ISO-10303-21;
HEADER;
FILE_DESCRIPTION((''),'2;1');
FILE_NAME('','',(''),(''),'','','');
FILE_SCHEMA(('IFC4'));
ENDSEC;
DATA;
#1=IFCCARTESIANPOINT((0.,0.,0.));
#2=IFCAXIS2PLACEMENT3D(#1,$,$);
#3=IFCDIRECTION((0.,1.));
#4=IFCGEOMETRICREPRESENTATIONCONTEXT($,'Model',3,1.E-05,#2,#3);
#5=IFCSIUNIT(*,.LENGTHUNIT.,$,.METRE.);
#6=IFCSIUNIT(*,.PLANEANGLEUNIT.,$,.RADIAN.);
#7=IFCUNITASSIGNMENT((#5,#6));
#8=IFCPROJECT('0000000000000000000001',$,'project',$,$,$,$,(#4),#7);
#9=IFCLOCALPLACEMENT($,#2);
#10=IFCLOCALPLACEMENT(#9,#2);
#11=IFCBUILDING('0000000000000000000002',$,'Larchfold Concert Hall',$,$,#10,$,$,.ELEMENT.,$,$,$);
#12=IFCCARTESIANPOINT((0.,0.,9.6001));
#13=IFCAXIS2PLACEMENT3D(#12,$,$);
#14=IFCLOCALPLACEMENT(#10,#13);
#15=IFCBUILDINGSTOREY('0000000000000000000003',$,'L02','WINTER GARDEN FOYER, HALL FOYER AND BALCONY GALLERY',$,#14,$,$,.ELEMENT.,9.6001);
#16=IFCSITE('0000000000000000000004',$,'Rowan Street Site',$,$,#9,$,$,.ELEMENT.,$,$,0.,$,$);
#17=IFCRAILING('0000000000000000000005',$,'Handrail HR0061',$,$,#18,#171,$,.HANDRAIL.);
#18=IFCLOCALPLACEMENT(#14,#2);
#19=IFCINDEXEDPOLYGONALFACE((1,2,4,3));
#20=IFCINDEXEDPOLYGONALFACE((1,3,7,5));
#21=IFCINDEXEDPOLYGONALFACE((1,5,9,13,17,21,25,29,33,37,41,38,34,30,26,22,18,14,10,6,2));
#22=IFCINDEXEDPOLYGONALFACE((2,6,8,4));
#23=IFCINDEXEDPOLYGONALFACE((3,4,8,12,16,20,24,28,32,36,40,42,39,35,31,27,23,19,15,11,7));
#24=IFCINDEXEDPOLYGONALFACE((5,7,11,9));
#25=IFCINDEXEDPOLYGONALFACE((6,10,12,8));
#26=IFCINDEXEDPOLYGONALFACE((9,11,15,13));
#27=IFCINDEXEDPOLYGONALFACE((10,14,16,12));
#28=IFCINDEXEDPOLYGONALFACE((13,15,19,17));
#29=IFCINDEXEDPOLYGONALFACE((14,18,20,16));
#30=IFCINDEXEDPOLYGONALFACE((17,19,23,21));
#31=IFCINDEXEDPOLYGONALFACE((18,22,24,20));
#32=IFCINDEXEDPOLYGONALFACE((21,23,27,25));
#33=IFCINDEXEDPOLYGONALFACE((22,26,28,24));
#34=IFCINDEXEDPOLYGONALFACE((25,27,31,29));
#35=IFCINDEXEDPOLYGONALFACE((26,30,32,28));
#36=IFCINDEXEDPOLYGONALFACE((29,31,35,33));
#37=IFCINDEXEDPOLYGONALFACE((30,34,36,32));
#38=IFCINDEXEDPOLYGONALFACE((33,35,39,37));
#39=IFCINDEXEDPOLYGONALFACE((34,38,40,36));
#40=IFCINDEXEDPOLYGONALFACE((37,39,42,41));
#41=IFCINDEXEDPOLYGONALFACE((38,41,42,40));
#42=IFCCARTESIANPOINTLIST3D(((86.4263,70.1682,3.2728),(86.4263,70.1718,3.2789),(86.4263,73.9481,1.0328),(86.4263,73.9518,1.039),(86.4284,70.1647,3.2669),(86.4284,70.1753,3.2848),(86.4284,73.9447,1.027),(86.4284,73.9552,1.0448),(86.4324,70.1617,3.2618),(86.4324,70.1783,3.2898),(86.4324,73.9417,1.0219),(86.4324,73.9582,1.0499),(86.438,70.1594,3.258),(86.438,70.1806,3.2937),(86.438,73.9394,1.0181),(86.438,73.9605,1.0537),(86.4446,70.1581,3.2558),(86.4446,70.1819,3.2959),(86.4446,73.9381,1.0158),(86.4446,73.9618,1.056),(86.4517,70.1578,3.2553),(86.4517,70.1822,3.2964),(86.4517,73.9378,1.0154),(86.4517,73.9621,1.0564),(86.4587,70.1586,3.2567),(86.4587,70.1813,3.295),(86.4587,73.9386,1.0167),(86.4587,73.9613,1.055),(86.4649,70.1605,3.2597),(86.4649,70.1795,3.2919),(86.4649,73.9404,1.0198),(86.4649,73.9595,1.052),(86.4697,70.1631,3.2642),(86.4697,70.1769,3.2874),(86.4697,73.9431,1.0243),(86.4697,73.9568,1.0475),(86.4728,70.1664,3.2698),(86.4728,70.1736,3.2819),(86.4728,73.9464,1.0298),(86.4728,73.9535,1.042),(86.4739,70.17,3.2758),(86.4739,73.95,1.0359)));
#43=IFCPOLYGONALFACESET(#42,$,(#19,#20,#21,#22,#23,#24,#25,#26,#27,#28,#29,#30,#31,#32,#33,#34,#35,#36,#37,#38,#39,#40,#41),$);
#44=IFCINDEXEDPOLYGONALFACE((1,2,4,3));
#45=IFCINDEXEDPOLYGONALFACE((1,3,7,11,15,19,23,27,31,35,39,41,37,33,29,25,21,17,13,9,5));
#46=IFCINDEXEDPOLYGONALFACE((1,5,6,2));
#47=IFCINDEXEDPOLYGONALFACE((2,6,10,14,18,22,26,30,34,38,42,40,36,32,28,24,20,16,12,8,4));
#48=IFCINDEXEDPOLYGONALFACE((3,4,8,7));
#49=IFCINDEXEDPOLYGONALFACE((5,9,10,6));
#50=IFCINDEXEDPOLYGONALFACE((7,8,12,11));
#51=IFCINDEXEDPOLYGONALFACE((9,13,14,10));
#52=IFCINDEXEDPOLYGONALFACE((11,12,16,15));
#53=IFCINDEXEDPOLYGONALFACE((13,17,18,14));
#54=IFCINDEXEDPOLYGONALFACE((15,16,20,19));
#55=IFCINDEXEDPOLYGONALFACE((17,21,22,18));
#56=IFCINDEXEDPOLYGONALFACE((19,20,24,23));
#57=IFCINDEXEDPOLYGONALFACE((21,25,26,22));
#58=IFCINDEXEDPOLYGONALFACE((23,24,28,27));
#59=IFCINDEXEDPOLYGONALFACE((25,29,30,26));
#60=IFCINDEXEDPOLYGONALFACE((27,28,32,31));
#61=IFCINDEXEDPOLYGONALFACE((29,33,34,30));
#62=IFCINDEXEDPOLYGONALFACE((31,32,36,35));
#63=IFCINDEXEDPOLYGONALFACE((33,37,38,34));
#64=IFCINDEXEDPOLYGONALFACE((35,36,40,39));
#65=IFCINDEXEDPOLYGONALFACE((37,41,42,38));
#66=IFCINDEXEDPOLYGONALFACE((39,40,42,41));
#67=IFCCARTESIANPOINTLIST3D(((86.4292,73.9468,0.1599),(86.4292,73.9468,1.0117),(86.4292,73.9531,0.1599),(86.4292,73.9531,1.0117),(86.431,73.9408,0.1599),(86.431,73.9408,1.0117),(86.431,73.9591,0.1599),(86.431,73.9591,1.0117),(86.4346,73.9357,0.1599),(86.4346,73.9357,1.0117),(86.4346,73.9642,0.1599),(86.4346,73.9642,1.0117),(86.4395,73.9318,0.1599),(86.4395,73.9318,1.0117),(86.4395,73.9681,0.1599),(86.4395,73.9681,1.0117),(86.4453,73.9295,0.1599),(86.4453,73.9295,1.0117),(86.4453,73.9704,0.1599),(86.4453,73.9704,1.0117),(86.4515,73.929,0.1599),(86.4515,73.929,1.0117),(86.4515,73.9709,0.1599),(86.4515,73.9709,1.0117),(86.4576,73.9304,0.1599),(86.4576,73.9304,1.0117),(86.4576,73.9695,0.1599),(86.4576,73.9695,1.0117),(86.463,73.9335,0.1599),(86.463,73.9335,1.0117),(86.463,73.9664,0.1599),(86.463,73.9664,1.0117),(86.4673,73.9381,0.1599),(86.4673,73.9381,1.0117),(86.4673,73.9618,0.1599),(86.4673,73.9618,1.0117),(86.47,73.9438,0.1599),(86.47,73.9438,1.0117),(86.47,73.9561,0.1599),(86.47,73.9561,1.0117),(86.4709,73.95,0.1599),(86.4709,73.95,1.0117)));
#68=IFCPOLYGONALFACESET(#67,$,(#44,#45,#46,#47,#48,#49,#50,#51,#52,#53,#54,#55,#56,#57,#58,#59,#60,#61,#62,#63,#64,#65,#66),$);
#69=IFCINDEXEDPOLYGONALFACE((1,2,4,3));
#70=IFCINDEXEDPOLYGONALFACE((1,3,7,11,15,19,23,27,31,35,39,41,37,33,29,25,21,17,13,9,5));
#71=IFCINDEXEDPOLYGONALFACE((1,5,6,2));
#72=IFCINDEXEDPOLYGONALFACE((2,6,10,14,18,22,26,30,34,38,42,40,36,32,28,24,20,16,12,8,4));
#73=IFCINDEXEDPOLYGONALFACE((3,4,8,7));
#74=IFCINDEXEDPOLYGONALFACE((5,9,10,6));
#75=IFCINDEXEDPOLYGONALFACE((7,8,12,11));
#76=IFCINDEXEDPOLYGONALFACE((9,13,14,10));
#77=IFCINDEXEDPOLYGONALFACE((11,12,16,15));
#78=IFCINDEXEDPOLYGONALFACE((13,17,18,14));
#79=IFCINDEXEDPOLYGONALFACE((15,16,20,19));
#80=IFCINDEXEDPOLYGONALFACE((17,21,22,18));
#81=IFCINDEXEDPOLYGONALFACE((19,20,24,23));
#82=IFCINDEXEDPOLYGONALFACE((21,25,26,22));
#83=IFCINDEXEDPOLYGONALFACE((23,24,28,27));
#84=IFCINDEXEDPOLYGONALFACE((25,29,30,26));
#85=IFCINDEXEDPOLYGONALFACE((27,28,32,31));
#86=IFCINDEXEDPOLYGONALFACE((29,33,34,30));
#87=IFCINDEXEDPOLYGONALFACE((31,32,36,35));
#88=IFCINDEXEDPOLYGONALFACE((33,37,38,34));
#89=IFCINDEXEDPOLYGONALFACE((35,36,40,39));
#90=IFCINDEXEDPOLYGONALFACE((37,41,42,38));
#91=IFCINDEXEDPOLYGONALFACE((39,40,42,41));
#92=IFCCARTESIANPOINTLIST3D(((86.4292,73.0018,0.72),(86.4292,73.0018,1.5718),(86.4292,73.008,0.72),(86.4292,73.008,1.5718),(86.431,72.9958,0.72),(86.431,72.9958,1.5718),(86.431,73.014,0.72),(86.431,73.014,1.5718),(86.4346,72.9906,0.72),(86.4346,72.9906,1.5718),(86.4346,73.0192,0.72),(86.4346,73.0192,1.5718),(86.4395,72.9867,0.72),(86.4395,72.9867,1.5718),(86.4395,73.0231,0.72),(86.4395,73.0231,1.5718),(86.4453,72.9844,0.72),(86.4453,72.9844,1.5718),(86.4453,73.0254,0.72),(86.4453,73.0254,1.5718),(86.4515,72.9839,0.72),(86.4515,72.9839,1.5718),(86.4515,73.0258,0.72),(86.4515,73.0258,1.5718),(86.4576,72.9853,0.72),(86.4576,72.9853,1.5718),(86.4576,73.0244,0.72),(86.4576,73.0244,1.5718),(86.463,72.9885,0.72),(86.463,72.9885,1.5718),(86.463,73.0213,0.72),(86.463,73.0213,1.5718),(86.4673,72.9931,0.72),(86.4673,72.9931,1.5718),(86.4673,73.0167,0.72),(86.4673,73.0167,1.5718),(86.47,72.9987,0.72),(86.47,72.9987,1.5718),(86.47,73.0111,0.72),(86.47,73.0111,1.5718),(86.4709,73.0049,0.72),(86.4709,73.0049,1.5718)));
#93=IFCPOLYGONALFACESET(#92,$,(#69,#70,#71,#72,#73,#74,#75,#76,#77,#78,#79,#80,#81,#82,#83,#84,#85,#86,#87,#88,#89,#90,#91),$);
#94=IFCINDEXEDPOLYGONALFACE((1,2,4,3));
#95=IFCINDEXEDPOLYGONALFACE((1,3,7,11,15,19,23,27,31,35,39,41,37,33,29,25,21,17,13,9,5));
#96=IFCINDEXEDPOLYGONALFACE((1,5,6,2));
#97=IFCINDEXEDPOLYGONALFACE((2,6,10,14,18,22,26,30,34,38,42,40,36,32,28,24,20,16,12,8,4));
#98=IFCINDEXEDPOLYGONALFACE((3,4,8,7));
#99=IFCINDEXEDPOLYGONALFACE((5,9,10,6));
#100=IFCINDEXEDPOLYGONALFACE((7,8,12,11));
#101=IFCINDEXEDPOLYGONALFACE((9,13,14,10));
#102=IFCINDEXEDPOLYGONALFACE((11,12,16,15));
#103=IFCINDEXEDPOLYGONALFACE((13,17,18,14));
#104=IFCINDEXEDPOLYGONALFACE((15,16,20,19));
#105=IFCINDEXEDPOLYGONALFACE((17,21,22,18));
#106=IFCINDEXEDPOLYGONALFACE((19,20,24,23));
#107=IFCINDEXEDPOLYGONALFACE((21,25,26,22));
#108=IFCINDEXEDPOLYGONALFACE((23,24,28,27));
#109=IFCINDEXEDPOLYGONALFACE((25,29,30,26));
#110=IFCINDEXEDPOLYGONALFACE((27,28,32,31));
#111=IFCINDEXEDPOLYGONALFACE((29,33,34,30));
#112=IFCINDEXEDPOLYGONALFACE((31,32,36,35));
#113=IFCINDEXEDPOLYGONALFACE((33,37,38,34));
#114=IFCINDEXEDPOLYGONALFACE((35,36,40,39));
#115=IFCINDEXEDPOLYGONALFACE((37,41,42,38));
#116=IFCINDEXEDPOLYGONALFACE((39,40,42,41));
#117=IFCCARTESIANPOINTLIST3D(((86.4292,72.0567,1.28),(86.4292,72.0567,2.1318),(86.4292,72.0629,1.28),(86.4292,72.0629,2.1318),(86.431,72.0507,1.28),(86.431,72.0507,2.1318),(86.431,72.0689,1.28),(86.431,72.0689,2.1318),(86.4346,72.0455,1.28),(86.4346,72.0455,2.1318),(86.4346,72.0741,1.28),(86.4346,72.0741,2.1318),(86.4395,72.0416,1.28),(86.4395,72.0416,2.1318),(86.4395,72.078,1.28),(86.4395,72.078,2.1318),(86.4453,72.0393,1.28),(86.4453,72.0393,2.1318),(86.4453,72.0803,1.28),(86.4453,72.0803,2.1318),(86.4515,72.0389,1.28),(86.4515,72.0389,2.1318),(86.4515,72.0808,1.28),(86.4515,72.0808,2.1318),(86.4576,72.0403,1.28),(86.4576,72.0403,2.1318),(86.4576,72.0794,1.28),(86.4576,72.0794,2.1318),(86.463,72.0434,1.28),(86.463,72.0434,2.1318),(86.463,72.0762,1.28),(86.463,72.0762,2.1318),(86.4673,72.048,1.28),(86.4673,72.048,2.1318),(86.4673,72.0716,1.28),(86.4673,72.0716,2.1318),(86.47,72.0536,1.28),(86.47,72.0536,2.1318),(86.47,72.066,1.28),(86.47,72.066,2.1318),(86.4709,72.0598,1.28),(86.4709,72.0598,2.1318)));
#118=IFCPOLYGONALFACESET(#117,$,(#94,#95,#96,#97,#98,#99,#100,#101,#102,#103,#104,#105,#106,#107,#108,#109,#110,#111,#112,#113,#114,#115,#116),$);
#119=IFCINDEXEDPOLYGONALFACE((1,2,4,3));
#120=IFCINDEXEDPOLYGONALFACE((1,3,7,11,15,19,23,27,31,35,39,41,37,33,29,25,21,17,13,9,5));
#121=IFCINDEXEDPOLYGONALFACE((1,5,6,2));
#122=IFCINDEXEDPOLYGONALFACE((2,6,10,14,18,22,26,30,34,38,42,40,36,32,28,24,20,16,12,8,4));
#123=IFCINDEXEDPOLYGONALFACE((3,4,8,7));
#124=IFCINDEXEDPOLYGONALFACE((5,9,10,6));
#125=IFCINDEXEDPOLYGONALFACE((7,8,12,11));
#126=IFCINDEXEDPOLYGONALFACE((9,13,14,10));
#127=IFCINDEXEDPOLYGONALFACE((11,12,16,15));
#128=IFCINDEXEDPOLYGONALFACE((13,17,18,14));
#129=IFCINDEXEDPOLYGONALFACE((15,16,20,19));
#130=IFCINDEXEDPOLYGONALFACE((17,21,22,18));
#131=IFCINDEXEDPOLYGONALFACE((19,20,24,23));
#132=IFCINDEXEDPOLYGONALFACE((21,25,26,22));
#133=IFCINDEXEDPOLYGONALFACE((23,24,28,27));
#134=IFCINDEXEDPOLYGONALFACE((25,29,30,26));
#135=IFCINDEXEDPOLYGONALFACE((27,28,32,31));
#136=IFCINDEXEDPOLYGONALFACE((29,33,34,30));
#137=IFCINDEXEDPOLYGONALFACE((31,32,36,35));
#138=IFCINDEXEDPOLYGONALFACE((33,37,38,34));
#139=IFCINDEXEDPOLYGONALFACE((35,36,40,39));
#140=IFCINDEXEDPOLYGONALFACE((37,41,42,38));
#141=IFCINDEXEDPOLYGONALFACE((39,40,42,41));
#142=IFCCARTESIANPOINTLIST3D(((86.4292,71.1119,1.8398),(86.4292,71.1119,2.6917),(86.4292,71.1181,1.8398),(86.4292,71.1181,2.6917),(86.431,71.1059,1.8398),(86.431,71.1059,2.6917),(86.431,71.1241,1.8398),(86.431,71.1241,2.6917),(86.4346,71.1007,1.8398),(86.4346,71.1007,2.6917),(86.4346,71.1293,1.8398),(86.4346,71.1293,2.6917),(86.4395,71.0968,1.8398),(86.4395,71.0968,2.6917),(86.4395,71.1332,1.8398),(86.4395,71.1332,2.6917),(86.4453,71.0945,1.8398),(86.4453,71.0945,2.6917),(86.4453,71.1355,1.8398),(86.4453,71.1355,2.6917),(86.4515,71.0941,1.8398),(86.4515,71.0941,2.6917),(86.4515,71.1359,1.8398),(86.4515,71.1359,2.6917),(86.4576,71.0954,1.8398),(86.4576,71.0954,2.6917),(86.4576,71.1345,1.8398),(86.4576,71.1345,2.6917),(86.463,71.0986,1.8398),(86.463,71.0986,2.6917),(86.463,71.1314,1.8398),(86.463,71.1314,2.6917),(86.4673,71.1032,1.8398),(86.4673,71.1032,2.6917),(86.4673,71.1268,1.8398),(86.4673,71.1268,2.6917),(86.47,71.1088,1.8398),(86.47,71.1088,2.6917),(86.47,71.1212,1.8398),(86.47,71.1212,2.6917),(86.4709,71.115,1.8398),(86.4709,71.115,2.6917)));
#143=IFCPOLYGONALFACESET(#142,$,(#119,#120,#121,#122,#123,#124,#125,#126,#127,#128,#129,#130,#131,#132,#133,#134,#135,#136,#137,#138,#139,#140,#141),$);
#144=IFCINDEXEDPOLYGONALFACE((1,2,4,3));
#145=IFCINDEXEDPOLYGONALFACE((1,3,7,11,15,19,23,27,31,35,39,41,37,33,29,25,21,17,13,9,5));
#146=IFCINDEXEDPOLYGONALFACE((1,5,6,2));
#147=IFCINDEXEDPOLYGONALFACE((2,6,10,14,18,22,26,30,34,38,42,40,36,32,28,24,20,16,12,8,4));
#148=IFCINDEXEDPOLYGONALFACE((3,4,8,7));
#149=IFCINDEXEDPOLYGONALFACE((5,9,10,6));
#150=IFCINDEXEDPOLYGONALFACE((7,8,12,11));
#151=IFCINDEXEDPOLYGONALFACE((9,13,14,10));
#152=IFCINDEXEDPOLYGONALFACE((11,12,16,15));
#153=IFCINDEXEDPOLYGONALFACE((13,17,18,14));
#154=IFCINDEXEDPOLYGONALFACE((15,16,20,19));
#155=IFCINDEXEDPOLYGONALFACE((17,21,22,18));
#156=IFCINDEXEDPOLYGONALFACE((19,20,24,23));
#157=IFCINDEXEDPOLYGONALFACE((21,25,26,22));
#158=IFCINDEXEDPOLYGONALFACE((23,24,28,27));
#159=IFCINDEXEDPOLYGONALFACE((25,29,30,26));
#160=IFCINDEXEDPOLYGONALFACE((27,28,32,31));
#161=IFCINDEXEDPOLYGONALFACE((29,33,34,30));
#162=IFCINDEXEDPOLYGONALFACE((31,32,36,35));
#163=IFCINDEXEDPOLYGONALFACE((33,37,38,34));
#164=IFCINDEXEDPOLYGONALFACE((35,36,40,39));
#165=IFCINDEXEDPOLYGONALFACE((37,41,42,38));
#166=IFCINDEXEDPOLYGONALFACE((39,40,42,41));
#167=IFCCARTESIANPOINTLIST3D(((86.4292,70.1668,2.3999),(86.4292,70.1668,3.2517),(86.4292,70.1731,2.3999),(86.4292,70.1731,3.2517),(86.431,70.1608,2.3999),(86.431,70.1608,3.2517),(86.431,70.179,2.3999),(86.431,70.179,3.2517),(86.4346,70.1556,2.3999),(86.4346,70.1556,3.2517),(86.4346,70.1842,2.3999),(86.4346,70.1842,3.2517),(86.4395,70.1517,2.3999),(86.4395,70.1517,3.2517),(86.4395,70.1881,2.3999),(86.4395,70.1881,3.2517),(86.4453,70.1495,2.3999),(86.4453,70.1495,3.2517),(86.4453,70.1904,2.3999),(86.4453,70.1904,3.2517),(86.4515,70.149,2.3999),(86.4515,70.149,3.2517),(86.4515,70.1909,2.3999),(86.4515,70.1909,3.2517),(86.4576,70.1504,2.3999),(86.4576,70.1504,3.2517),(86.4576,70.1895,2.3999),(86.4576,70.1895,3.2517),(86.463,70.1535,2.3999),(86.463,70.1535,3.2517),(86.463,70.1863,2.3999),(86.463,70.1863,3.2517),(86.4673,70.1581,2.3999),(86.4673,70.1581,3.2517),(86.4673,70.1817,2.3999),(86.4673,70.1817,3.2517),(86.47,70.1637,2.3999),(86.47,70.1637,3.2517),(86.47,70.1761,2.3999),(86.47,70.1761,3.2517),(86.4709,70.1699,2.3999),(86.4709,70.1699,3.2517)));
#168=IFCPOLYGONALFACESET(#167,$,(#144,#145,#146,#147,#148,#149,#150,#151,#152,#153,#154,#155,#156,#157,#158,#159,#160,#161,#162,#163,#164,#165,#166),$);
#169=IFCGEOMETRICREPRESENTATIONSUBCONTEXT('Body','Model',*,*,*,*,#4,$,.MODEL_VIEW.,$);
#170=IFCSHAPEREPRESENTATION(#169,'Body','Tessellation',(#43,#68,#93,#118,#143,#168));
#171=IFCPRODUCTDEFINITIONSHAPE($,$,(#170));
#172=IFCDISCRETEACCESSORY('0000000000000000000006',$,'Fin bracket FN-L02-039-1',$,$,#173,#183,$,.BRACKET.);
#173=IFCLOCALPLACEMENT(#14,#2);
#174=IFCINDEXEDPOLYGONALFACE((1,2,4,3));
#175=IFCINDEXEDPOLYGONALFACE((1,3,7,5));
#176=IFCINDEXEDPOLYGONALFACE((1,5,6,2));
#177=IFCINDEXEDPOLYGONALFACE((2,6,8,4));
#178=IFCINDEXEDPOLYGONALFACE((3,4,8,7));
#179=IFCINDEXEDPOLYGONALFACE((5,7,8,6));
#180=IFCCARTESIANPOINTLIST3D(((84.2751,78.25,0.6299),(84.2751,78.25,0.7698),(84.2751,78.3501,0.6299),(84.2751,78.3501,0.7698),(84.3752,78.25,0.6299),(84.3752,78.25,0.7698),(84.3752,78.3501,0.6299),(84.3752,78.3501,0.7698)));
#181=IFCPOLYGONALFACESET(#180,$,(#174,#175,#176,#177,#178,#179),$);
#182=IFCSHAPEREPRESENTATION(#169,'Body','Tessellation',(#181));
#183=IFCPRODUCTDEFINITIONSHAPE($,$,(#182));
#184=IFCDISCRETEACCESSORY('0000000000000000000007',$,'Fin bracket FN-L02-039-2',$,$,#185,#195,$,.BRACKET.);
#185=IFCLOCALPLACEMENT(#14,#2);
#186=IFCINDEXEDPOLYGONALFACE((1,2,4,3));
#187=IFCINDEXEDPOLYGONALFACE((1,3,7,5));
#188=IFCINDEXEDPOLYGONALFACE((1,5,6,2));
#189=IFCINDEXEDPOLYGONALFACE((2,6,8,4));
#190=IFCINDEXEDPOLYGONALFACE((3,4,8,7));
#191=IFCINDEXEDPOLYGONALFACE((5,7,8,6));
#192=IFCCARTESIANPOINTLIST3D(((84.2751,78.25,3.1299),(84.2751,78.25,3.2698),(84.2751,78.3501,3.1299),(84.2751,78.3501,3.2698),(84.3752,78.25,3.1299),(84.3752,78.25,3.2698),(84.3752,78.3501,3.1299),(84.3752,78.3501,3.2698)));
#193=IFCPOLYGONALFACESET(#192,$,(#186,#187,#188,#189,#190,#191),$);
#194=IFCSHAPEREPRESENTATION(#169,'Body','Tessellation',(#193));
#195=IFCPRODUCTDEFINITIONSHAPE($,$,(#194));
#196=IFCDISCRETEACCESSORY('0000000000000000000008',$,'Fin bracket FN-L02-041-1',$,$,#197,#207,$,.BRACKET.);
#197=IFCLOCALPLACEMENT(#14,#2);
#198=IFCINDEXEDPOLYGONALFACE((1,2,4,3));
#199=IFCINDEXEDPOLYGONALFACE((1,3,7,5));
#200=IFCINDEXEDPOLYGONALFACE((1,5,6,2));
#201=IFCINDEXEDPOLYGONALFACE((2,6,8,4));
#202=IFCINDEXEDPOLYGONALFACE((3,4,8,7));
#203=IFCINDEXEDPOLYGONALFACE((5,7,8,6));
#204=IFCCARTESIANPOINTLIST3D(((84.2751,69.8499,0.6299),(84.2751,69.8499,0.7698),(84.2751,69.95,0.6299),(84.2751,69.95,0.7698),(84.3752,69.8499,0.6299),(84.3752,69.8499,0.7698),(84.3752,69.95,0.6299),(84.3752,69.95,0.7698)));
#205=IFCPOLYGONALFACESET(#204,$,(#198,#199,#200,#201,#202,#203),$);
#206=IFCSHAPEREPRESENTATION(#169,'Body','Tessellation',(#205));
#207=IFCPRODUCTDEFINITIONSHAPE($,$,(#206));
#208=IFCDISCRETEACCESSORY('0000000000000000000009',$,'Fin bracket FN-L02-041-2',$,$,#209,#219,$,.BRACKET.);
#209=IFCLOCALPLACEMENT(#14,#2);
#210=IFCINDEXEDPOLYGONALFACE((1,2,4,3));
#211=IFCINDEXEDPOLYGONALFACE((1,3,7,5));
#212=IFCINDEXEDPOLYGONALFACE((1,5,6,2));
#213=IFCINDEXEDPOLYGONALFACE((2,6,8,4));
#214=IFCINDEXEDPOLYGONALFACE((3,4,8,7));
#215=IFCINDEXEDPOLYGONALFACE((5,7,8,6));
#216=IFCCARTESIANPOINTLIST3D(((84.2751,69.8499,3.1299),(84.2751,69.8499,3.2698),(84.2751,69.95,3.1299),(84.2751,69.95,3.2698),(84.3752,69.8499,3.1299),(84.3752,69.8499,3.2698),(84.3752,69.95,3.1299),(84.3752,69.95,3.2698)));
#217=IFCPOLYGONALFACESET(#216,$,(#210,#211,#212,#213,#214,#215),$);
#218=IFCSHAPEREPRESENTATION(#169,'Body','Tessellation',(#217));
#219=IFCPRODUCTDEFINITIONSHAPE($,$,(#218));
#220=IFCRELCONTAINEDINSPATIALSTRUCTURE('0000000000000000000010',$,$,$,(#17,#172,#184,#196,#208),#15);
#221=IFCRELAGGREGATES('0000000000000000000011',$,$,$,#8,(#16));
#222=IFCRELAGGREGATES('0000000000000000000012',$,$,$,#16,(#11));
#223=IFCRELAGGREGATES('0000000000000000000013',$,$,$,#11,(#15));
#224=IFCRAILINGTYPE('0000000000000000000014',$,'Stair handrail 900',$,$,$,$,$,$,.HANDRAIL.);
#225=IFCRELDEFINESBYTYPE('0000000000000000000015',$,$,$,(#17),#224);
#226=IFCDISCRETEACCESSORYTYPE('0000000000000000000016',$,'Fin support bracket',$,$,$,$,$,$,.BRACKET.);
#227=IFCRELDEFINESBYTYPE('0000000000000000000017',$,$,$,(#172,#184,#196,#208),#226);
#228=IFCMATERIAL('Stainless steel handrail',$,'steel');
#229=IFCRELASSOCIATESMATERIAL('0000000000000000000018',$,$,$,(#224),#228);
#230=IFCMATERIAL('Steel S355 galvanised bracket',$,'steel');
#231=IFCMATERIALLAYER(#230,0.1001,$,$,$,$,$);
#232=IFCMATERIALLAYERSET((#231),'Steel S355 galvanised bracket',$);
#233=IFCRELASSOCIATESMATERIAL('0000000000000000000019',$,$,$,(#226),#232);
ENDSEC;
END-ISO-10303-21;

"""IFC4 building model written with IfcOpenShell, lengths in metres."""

from ifc_helpers import new_model, si_unit, direction, frame, origin, origin_2d, place, context, subcontext, project, spatial, rectangle, circle, extrude, material, layer, layer_set, type_object, element, save


model = new_model("IFC4")

# Units and contexts
model_context = context("Model", 3, precision=1e-05, world=origin(), true_north=direction((0.0, 1.0)))
body_context = subcontext(model_context, "Body", "Model", "MODEL_VIEW")
ifc_project = project(units=[si_unit("LENGTHUNIT", "METRE"), si_unit("PLANEANGLEUNIT", "RADIAN")], contexts=[model_context])

# Site, building, storey
site_placement = place(None, origin())
site = spatial("IfcSite", under=ifc_project, at=site_placement, Name="Rowan Street Site", CompositionType="ELEMENT", RefElevation=0.0)
building_placement = place(site_placement, origin())
building = spatial("IfcBuilding", under=site, at=building_placement, Name="Larchfold Concert Hall", CompositionType="ELEMENT")
storey_placement = place(building_placement, frame((0.0, 0.0, 9.6001)))
storey = spatial("IfcBuildingStorey", under=building, at=storey_placement, Name="L02", Description="WINTER GARDEN FOYER, HALL FOYER AND BALCONY GALLERY", CompositionType="ELEMENT", Elevation=9.6001)

# Railing
ifc_material_1 = material(Name="Stainless steel handrail", Category="steel")
railing_type = type_object("IfcRailingType", Name="Stair handrail 900", PredefinedType="HANDRAIL", material=ifc_material_1)
railing_placement = place(storey_placement, frame((86.45, 73.95, 0.1599)))
element("IfcRailing", 1, at=railing_placement, inside=storey, type_object=railing_type, Name="Handrail HR0061", PredefinedType="HANDRAIL", context=body_context, shape_type="SweptSolid", body=[
    extrude(circle(Radius=0.0239, at=origin_2d()), frame((0.0, 0.0, 0.876), z_axis=(0.0, -0.860294, 0.509798), x_axis=(1.0, 0.0, 0.0)), (0.0, 0.0, 1.0), 4.3938),
    extrude(circle(Radius=0.021, at=origin_2d()), origin(), (0.0, 0.0, 1.0), 0.8518),
    extrude(circle(Radius=0.021, at=origin_2d()), frame((0.0, -0.9451, 0.5601)), (0.0, 0.0, 1.0), 0.8518),
    extrude(circle(Radius=0.021, at=origin_2d()), frame((0.0, -1.8901, 1.1201)), (0.0, 0.0, 1.0), 0.8518),
    extrude(circle(Radius=0.021, at=origin_2d()), frame((0.0, -2.835, 1.6799)), (0.0, 0.0, 1.0), 0.8518),
    extrude(circle(Radius=0.021, at=origin_2d()), frame((0.0, -3.78, 2.24)), (0.0, 0.0, 1.0), 0.8518),
])

# Discrete accessories
ifc_material_2 = material(Name="Steel S355 galvanised bracket", Category="steel")
ifc_layer_1 = layer(ifc_material_2, 0.1001)
ifc_layer_set_1 = layer_set([ifc_layer_1], Name="Steel S355 galvanised bracket")
discrete_accessory_type = type_object("IfcDiscreteAccessoryType", Name="Fin support bracket", PredefinedType="BRACKET", material=ifc_layer_set_1)
for number, where, z_axis, x_axis, name in (
    (2, (84.3252, 78.3, 0.6299), (0.0, 0.0, 1.0), (-1.0, 0.0, 0.0), "Fin bracket FN-L02-039-1"),
    (3, (84.3252, 78.3, 3.1299), (0.0, 0.0, 1.0), (-1.0, 0.0, 0.0), "Fin bracket FN-L02-039-2"),
    (4, (84.3252, 69.8999, 0.6299), (0.0, 0.0, 1.0), (-1.0, 0.0, 0.0), "Fin bracket FN-L02-041-1"),
    (5, (84.3252, 69.8999, 3.1299), (0.0, 0.0, 1.0), (-1.0, 0.0, 0.0), "Fin bracket FN-L02-041-2"),
):
    element("IfcDiscreteAccessory", number, at=place(storey_placement, frame(where, z_axis=z_axis, x_axis=x_axis)), inside=storey, type_object=discrete_accessory_type, Name=name, PredefinedType="BRACKET", context=body_context, shape_type="SweptSolid", body=[
        extrude(rectangle(XDim=0.1001, YDim=0.1001, at=origin_2d()), origin(), (0.0, 0.0, 1.0), 0.1399),
    ])

save(model, "model.ifc")
